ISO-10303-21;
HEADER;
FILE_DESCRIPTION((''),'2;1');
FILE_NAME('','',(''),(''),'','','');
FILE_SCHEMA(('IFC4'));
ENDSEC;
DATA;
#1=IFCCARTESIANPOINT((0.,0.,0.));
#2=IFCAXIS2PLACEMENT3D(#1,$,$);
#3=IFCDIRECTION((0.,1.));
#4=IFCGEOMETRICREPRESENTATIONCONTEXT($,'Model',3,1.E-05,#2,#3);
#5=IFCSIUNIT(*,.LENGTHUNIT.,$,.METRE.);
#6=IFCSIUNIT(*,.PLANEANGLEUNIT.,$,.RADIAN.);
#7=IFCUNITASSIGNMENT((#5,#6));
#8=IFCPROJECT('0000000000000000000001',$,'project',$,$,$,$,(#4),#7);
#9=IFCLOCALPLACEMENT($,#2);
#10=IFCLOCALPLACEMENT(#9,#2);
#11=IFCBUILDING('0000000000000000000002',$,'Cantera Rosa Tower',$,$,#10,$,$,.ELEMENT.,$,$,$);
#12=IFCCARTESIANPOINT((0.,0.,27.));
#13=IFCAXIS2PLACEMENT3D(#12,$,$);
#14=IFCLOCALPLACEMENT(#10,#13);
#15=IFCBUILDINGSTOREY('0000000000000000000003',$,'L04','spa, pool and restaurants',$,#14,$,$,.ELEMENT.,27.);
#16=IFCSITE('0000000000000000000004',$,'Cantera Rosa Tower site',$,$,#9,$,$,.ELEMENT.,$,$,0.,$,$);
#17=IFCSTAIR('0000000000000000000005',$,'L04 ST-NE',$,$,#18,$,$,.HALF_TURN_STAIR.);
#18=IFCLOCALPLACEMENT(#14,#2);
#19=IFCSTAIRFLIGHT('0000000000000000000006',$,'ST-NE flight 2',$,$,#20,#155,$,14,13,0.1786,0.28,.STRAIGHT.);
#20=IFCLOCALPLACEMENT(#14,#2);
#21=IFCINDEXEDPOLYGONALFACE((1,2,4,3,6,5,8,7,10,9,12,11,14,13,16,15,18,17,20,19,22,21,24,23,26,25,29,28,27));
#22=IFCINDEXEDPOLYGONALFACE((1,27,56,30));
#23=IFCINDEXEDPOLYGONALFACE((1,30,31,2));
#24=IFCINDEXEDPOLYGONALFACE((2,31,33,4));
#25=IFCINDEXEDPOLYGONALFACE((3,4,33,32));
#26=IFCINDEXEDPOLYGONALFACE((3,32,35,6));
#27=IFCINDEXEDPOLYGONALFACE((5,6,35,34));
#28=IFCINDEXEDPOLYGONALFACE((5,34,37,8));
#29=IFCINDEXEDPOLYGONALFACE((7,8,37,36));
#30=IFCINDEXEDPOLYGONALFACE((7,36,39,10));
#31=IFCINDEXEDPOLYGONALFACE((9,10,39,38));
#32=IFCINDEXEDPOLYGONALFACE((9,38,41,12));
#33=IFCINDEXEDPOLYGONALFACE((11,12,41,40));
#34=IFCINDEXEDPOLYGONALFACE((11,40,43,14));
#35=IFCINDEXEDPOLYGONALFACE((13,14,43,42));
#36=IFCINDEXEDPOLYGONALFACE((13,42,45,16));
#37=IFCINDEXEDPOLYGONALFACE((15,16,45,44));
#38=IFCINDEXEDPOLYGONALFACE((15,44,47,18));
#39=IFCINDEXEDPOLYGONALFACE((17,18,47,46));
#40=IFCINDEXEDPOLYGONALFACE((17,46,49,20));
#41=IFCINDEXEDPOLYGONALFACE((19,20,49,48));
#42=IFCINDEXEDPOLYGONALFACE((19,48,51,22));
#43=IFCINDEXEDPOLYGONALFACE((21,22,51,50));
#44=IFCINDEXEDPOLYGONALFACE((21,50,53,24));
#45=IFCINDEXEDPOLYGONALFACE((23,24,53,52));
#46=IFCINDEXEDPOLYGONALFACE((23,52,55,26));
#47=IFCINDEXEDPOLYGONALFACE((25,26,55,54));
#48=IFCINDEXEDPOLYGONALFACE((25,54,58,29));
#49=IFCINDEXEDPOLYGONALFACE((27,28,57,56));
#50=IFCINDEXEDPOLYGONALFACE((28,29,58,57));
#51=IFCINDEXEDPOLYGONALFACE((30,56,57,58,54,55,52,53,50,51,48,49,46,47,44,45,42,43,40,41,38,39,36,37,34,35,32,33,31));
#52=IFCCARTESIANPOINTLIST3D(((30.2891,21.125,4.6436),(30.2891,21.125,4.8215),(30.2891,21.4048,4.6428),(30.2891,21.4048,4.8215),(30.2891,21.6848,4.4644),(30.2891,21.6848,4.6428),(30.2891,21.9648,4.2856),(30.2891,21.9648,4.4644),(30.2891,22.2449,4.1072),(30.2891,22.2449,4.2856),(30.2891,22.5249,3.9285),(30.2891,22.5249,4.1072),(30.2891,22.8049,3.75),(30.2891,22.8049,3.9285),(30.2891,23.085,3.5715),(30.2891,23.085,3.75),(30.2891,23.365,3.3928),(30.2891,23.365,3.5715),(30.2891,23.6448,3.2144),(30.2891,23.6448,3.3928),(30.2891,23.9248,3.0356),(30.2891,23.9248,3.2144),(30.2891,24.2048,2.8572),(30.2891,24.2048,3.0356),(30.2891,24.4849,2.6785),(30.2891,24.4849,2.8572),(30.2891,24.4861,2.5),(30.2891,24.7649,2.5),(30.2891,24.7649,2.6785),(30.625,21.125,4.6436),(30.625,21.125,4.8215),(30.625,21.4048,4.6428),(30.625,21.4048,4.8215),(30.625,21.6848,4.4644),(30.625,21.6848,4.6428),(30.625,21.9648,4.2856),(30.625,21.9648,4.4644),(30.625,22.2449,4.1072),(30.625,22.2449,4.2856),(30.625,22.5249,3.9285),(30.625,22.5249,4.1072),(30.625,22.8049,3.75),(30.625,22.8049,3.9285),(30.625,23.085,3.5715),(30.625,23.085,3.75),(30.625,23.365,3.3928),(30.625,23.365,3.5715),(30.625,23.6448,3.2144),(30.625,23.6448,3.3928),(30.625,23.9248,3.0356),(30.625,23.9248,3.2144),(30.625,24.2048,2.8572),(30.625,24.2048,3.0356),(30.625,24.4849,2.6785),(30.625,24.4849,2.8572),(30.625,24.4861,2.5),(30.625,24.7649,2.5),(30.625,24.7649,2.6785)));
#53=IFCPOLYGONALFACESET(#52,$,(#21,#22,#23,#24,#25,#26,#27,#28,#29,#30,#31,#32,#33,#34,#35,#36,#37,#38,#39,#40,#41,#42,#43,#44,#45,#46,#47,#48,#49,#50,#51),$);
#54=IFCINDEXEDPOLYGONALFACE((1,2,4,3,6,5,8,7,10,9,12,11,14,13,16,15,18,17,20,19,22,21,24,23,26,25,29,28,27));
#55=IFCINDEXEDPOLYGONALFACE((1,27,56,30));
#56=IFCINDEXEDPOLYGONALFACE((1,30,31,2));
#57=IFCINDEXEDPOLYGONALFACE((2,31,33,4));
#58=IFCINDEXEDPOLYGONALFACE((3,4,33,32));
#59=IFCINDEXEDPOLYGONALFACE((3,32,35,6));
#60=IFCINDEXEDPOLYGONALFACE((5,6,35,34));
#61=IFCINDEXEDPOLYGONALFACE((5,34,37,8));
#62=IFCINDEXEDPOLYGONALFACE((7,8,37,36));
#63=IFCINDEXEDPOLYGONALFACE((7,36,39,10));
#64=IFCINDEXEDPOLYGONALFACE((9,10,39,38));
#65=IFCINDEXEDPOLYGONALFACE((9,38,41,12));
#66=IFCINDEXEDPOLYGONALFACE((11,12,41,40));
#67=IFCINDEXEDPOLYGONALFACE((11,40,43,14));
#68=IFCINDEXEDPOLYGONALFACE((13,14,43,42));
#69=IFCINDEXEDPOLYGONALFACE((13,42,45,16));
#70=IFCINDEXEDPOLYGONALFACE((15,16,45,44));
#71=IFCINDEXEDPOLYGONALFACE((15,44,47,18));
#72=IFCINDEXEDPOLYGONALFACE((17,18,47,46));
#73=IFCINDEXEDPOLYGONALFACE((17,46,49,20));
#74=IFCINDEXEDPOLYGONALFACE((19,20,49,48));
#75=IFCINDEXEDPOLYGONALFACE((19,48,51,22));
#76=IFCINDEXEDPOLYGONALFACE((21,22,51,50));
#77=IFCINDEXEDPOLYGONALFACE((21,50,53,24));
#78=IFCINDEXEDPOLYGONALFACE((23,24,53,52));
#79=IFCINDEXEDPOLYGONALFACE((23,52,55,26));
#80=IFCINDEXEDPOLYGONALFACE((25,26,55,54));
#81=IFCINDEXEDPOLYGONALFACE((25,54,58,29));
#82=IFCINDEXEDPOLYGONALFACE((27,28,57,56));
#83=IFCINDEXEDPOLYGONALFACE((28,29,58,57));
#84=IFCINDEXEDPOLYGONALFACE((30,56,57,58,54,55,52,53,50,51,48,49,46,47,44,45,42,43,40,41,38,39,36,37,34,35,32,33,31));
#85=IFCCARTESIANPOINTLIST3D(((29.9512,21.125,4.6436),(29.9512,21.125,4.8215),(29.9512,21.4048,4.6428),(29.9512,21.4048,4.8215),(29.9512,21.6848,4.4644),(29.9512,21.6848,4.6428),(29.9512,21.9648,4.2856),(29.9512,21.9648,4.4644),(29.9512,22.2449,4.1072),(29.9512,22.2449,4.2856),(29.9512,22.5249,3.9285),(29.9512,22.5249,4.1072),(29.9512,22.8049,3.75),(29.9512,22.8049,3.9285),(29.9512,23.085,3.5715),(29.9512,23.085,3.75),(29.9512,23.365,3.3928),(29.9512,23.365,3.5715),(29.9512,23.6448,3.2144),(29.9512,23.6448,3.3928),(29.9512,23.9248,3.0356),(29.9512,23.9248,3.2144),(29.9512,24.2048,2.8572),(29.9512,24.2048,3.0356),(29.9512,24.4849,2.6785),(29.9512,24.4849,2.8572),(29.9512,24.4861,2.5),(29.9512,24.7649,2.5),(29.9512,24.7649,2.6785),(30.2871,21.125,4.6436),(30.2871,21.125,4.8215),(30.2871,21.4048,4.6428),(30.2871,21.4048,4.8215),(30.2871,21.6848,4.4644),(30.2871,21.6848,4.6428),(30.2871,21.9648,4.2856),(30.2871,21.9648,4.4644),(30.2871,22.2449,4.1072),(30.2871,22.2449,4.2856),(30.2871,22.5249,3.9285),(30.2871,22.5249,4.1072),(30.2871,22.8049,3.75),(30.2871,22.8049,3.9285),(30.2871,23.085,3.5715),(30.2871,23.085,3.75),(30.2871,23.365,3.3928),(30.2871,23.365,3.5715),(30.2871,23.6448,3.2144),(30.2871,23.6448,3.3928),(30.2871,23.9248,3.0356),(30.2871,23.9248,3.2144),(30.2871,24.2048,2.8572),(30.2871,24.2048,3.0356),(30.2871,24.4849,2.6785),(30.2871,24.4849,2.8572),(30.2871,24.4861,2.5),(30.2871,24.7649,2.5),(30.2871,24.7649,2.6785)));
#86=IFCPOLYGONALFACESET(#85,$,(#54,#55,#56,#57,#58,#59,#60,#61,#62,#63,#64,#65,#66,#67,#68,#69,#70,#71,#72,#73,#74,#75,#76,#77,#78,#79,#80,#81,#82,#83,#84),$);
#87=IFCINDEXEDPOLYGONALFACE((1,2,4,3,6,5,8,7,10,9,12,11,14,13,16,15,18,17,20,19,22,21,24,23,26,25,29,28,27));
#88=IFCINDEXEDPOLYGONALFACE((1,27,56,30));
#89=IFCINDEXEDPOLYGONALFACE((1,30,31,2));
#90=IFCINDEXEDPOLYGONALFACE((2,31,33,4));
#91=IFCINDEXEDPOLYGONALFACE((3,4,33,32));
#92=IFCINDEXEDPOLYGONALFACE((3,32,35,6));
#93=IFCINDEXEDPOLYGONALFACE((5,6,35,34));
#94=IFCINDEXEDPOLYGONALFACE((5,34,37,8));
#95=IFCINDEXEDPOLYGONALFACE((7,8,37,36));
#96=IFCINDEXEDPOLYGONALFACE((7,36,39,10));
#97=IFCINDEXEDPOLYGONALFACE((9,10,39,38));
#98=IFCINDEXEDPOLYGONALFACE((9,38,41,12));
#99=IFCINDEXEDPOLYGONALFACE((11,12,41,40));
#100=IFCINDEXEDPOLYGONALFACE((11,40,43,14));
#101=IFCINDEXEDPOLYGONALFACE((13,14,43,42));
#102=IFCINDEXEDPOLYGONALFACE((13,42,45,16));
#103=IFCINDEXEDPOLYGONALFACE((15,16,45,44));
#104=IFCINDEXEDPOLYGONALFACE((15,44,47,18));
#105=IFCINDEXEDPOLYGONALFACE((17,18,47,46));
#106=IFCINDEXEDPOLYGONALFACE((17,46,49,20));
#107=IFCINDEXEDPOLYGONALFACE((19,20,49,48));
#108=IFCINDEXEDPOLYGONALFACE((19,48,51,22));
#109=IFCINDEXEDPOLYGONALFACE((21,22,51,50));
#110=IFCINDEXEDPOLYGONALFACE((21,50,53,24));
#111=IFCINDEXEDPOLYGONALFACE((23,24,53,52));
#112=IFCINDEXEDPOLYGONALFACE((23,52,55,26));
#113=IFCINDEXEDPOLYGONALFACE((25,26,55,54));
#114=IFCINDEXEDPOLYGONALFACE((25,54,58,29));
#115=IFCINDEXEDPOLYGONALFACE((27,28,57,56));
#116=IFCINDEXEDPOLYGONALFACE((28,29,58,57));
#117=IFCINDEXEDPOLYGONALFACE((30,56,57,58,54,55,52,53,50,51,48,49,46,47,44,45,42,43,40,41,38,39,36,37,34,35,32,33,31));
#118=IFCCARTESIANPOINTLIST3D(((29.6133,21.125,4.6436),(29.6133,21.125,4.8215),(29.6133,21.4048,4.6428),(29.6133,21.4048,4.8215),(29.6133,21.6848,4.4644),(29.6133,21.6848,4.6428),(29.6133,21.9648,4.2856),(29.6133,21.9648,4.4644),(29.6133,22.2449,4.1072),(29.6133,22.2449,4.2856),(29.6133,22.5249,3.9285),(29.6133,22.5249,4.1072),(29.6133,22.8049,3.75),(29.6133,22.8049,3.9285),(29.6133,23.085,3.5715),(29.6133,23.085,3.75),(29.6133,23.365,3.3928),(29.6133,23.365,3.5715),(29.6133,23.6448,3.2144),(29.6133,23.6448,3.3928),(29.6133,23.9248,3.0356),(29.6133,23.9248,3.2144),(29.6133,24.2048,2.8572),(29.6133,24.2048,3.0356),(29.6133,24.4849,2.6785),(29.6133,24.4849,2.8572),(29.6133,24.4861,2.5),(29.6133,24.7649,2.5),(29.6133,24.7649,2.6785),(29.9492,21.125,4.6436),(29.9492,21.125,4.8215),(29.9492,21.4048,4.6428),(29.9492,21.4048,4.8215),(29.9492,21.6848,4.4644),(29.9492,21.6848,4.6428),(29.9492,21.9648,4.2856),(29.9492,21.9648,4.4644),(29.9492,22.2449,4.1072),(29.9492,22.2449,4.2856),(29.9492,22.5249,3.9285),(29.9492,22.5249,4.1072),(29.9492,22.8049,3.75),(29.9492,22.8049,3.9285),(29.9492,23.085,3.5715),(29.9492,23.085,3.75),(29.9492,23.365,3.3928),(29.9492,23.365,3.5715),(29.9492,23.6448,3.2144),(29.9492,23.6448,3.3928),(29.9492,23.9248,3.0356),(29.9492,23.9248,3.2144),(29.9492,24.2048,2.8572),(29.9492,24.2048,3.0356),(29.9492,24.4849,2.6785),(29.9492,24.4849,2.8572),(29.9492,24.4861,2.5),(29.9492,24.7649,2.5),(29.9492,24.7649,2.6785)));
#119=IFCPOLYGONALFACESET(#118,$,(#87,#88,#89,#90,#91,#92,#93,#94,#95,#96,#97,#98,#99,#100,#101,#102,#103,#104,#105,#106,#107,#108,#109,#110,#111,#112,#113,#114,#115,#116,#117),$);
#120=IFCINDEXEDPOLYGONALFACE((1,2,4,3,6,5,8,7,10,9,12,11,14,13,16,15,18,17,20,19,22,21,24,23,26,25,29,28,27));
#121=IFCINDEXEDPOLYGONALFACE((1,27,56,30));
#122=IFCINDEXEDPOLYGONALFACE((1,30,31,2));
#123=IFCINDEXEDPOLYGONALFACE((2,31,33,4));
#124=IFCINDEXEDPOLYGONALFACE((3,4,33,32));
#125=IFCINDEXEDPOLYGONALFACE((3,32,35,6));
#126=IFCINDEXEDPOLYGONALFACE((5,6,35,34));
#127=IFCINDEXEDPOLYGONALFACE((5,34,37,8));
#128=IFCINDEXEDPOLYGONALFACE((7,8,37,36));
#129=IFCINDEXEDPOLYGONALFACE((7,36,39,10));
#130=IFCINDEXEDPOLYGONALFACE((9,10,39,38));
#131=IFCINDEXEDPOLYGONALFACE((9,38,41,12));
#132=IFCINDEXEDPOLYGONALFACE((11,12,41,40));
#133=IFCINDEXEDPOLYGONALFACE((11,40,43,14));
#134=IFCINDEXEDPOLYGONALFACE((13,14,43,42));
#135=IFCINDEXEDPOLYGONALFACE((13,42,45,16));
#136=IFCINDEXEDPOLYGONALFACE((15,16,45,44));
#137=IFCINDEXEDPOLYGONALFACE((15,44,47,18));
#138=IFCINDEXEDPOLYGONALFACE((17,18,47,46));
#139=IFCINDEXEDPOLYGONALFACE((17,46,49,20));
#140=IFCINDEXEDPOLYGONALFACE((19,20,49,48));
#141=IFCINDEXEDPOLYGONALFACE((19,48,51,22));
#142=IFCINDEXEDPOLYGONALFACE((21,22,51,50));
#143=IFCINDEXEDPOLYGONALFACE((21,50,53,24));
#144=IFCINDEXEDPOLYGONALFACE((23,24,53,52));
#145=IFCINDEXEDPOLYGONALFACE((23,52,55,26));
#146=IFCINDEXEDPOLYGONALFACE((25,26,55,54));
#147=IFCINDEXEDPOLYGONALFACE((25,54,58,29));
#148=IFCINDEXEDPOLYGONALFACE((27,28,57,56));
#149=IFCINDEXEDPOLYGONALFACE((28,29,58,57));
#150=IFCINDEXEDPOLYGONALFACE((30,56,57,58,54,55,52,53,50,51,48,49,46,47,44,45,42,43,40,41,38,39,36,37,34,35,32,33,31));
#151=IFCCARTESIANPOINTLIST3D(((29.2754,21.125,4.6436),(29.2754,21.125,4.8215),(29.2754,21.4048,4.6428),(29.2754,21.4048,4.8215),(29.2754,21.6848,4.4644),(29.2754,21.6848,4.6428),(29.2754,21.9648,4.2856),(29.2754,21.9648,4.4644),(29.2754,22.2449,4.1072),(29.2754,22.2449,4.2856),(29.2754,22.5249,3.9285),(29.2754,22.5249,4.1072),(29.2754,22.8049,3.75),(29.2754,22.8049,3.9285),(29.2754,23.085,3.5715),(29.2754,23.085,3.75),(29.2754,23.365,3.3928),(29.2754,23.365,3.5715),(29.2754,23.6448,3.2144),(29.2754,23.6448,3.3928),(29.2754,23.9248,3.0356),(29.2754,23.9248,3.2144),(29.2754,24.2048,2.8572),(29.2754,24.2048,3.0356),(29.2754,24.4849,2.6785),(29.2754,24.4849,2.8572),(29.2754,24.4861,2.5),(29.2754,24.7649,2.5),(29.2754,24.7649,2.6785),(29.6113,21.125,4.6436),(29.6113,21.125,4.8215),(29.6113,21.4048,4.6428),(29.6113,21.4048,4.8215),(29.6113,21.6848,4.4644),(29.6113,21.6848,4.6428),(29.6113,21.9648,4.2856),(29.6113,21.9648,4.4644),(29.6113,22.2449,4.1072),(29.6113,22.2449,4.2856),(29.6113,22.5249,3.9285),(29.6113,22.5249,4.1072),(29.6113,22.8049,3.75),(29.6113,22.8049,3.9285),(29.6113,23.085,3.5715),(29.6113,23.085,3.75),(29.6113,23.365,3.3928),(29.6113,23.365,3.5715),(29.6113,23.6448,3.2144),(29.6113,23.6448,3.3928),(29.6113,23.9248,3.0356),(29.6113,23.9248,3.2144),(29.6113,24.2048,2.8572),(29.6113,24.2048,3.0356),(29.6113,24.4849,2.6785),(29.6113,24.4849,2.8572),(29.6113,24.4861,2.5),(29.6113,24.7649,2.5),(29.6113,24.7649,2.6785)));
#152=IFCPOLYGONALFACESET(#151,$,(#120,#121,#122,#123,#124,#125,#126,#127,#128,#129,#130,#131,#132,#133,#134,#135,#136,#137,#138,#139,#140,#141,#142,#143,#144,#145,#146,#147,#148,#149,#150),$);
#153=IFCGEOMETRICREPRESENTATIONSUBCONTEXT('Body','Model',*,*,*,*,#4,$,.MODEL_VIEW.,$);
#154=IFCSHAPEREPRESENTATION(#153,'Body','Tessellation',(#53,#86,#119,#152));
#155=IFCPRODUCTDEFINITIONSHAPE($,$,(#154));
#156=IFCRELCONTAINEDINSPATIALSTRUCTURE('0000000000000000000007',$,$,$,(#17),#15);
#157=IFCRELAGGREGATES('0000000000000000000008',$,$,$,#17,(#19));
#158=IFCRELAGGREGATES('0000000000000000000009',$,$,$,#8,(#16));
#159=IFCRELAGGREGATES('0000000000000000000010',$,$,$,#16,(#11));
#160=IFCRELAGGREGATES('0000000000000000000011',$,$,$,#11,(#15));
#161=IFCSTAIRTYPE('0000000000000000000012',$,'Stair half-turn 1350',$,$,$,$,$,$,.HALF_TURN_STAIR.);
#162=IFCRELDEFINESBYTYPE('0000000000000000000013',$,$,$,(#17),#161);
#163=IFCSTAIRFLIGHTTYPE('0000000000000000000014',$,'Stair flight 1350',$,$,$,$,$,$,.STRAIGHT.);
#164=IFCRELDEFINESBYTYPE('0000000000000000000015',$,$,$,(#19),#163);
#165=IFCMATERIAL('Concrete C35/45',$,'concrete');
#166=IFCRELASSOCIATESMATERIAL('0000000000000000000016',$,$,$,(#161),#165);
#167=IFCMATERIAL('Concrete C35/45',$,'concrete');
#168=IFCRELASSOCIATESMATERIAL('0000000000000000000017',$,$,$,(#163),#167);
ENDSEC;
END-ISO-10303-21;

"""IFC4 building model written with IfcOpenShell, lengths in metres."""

from ifc_helpers import new_model, si_unit, direction, frame, origin, place, context, subcontext, project, spatial, polyline, outline, extrude, material, type_object, element, aggregate, save


model = new_model("IFC4")

# Units and contexts
model_context = context("Model", 3, precision=1e-05, world=origin(), true_north=direction((0.0, 1.0)))
body_context = subcontext(model_context, "Body", "Model", "MODEL_VIEW")
ifc_project = project(units=[si_unit("LENGTHUNIT", "METRE"), si_unit("PLANEANGLEUNIT", "RADIAN")], contexts=[model_context])

# Site, building, storey
site_placement = place(None, origin())
site = spatial("IfcSite", under=ifc_project, at=site_placement, Name="Cantera Rosa Tower site", CompositionType="ELEMENT", RefElevation=0.0)
building_placement = place(site_placement, origin())
building = spatial("IfcBuilding", under=site, at=building_placement, Name="Cantera Rosa Tower", CompositionType="ELEMENT")
storey_placement = place(building_placement, frame((0.0, 0.0, 27.0)))
storey = spatial("IfcBuildingStorey", under=building, at=storey_placement, Name="L04", Description="spa, pool and restaurants", CompositionType="ELEMENT", Elevation=27.0)

# Stair, stair flight
ifc_material_1 = material(Name="Concrete C35/45", Category="concrete")
stair_type = type_object("IfcStairType", Name="Stair half-turn 1350", PredefinedType="HALF_TURN_STAIR", material=ifc_material_1)
stair_placement = place(storey_placement, origin())
stair = element("IfcStair", 1, at=stair_placement, inside=storey, type_object=stair_type, Name="L04 ST-NE", PredefinedType="HALF_TURN_STAIR")
ifc_material_2 = material(Name="Concrete C35/45", Category="concrete")
stair_flight_type = type_object("IfcStairFlightType", Name="Stair flight 1350", PredefinedType="STRAIGHT", material=ifc_material_2)
stair_flight_1_placement = place(storey_placement, frame((29.95, 24.7649, 2.5), z_axis=(0.0, 0.0, 1.0), x_axis=(0.0, -1.0, 0.0)))
stair_flight_1 = element("IfcStairFlight", 2, at=stair_flight_1_placement, type_object=stair_flight_type, Name="ST-NE flight 2", NumberOfRisers=14, NumberOfTreads=13, PredefinedType="STRAIGHT", RiserHeight=0.1786, TreadLength=0.28, context=body_context, shape_type="SweptSolid", body=[
    extrude(outline(polyline([(0.0, 0.0), (0.0, 0.1785), (0.28, 0.1785), (0.28, 0.3572), (0.5601, 0.3572), (0.5601, 0.5356), (0.8401, 0.5356), (0.8401, 0.7144), (1.1201, 0.7144), (1.1201, 0.8928), (1.3999, 0.8928), (1.3999, 1.0715), (1.6799, 1.0715), (1.6799, 1.25), (1.96, 1.25), (1.96, 1.4285), (2.24, 1.4285), (2.24, 1.6072), (2.52, 1.6072), (2.52, 1.7856), (2.8, 1.7856), (2.8, 1.9644), (3.0801, 1.9644), (3.0801, 2.1428), (3.3601, 2.1428), (3.3601, 2.3215), (3.6399, 2.3215), (3.6399, 2.5), (3.6399, 2.1436), (0.2788, 0.0), (0.0, 0.0)])), frame((0.0, 0.675, 0.0), z_axis=(0.0, -1.0, 0.0), x_axis=(1.0, 0.0, 0.0)), (0.0, 0.0, 1.0), 0.3359),
    extrude(outline(polyline([(0.0, 0.0), (0.0, 0.1785), (0.28, 0.1785), (0.28, 0.3572), (0.5601, 0.3572), (0.5601, 0.5356), (0.8401, 0.5356), (0.8401, 0.7144), (1.1201, 0.7144), (1.1201, 0.8928), (1.3999, 0.8928), (1.3999, 1.0715), (1.6799, 1.0715), (1.6799, 1.25), (1.96, 1.25), (1.96, 1.4285), (2.24, 1.4285), (2.24, 1.6072), (2.52, 1.6072), (2.52, 1.7856), (2.8, 1.7856), (2.8, 1.9644), (3.0801, 1.9644), (3.0801, 2.1428), (3.3601, 2.1428), (3.3601, 2.3215), (3.6399, 2.3215), (3.6399, 2.5), (3.6399, 2.1436), (0.2788, 0.0), (0.0, 0.0)])), frame((0.0, 0.3372, 0.0), z_axis=(0.0, -1.0, 0.0), x_axis=(1.0, 0.0, 0.0)), (0.0, 0.0, 1.0), 0.3359),
    extrude(outline(polyline([(0.0, 0.0), (0.0, 0.1785), (0.28, 0.1785), (0.28, 0.3572), (0.5601, 0.3572), (0.5601, 0.5356), (0.8401, 0.5356), (0.8401, 0.7144), (1.1201, 0.7144), (1.1201, 0.8928), (1.3999, 0.8928), (1.3999, 1.0715), (1.6799, 1.0715), (1.6799, 1.25), (1.96, 1.25), (1.96, 1.4285), (2.24, 1.4285), (2.24, 1.6072), (2.52, 1.6072), (2.52, 1.7856), (2.8, 1.7856), (2.8, 1.9644), (3.0801, 1.9644), (3.0801, 2.1428), (3.3601, 2.1428), (3.3601, 2.3215), (3.6399, 2.3215), (3.6399, 2.5), (3.6399, 2.1436), (0.2788, 0.0), (0.0, 0.0)])), frame((0.0, -0.0007, 0.0), z_axis=(0.0, -1.0, 0.0), x_axis=(1.0, 0.0, 0.0)), (0.0, 0.0, 1.0), 0.3359),
    extrude(outline(polyline([(0.0, 0.0), (0.0, 0.1785), (0.28, 0.1785), (0.28, 0.3572), (0.5601, 0.3572), (0.5601, 0.5356), (0.8401, 0.5356), (0.8401, 0.7144), (1.1201, 0.7144), (1.1201, 0.8928), (1.3999, 0.8928), (1.3999, 1.0715), (1.6799, 1.0715), (1.6799, 1.25), (1.96, 1.25), (1.96, 1.4285), (2.24, 1.4285), (2.24, 1.6072), (2.52, 1.6072), (2.52, 1.7856), (2.8, 1.7856), (2.8, 1.9644), (3.0801, 1.9644), (3.0801, 2.1428), (3.3601, 2.1428), (3.3601, 2.3215), (3.6399, 2.3215), (3.6399, 2.5), (3.6399, 2.1436), (0.2788, 0.0), (0.0, 0.0)])), frame((0.0, -0.3386, 0.0), z_axis=(0.0, -1.0, 0.0), x_axis=(1.0, 0.0, 0.0)), (0.0, 0.0, 1.0), 0.3359),
])
aggregate(stair, [stair_flight_1])

save(model, "model.ifc")
